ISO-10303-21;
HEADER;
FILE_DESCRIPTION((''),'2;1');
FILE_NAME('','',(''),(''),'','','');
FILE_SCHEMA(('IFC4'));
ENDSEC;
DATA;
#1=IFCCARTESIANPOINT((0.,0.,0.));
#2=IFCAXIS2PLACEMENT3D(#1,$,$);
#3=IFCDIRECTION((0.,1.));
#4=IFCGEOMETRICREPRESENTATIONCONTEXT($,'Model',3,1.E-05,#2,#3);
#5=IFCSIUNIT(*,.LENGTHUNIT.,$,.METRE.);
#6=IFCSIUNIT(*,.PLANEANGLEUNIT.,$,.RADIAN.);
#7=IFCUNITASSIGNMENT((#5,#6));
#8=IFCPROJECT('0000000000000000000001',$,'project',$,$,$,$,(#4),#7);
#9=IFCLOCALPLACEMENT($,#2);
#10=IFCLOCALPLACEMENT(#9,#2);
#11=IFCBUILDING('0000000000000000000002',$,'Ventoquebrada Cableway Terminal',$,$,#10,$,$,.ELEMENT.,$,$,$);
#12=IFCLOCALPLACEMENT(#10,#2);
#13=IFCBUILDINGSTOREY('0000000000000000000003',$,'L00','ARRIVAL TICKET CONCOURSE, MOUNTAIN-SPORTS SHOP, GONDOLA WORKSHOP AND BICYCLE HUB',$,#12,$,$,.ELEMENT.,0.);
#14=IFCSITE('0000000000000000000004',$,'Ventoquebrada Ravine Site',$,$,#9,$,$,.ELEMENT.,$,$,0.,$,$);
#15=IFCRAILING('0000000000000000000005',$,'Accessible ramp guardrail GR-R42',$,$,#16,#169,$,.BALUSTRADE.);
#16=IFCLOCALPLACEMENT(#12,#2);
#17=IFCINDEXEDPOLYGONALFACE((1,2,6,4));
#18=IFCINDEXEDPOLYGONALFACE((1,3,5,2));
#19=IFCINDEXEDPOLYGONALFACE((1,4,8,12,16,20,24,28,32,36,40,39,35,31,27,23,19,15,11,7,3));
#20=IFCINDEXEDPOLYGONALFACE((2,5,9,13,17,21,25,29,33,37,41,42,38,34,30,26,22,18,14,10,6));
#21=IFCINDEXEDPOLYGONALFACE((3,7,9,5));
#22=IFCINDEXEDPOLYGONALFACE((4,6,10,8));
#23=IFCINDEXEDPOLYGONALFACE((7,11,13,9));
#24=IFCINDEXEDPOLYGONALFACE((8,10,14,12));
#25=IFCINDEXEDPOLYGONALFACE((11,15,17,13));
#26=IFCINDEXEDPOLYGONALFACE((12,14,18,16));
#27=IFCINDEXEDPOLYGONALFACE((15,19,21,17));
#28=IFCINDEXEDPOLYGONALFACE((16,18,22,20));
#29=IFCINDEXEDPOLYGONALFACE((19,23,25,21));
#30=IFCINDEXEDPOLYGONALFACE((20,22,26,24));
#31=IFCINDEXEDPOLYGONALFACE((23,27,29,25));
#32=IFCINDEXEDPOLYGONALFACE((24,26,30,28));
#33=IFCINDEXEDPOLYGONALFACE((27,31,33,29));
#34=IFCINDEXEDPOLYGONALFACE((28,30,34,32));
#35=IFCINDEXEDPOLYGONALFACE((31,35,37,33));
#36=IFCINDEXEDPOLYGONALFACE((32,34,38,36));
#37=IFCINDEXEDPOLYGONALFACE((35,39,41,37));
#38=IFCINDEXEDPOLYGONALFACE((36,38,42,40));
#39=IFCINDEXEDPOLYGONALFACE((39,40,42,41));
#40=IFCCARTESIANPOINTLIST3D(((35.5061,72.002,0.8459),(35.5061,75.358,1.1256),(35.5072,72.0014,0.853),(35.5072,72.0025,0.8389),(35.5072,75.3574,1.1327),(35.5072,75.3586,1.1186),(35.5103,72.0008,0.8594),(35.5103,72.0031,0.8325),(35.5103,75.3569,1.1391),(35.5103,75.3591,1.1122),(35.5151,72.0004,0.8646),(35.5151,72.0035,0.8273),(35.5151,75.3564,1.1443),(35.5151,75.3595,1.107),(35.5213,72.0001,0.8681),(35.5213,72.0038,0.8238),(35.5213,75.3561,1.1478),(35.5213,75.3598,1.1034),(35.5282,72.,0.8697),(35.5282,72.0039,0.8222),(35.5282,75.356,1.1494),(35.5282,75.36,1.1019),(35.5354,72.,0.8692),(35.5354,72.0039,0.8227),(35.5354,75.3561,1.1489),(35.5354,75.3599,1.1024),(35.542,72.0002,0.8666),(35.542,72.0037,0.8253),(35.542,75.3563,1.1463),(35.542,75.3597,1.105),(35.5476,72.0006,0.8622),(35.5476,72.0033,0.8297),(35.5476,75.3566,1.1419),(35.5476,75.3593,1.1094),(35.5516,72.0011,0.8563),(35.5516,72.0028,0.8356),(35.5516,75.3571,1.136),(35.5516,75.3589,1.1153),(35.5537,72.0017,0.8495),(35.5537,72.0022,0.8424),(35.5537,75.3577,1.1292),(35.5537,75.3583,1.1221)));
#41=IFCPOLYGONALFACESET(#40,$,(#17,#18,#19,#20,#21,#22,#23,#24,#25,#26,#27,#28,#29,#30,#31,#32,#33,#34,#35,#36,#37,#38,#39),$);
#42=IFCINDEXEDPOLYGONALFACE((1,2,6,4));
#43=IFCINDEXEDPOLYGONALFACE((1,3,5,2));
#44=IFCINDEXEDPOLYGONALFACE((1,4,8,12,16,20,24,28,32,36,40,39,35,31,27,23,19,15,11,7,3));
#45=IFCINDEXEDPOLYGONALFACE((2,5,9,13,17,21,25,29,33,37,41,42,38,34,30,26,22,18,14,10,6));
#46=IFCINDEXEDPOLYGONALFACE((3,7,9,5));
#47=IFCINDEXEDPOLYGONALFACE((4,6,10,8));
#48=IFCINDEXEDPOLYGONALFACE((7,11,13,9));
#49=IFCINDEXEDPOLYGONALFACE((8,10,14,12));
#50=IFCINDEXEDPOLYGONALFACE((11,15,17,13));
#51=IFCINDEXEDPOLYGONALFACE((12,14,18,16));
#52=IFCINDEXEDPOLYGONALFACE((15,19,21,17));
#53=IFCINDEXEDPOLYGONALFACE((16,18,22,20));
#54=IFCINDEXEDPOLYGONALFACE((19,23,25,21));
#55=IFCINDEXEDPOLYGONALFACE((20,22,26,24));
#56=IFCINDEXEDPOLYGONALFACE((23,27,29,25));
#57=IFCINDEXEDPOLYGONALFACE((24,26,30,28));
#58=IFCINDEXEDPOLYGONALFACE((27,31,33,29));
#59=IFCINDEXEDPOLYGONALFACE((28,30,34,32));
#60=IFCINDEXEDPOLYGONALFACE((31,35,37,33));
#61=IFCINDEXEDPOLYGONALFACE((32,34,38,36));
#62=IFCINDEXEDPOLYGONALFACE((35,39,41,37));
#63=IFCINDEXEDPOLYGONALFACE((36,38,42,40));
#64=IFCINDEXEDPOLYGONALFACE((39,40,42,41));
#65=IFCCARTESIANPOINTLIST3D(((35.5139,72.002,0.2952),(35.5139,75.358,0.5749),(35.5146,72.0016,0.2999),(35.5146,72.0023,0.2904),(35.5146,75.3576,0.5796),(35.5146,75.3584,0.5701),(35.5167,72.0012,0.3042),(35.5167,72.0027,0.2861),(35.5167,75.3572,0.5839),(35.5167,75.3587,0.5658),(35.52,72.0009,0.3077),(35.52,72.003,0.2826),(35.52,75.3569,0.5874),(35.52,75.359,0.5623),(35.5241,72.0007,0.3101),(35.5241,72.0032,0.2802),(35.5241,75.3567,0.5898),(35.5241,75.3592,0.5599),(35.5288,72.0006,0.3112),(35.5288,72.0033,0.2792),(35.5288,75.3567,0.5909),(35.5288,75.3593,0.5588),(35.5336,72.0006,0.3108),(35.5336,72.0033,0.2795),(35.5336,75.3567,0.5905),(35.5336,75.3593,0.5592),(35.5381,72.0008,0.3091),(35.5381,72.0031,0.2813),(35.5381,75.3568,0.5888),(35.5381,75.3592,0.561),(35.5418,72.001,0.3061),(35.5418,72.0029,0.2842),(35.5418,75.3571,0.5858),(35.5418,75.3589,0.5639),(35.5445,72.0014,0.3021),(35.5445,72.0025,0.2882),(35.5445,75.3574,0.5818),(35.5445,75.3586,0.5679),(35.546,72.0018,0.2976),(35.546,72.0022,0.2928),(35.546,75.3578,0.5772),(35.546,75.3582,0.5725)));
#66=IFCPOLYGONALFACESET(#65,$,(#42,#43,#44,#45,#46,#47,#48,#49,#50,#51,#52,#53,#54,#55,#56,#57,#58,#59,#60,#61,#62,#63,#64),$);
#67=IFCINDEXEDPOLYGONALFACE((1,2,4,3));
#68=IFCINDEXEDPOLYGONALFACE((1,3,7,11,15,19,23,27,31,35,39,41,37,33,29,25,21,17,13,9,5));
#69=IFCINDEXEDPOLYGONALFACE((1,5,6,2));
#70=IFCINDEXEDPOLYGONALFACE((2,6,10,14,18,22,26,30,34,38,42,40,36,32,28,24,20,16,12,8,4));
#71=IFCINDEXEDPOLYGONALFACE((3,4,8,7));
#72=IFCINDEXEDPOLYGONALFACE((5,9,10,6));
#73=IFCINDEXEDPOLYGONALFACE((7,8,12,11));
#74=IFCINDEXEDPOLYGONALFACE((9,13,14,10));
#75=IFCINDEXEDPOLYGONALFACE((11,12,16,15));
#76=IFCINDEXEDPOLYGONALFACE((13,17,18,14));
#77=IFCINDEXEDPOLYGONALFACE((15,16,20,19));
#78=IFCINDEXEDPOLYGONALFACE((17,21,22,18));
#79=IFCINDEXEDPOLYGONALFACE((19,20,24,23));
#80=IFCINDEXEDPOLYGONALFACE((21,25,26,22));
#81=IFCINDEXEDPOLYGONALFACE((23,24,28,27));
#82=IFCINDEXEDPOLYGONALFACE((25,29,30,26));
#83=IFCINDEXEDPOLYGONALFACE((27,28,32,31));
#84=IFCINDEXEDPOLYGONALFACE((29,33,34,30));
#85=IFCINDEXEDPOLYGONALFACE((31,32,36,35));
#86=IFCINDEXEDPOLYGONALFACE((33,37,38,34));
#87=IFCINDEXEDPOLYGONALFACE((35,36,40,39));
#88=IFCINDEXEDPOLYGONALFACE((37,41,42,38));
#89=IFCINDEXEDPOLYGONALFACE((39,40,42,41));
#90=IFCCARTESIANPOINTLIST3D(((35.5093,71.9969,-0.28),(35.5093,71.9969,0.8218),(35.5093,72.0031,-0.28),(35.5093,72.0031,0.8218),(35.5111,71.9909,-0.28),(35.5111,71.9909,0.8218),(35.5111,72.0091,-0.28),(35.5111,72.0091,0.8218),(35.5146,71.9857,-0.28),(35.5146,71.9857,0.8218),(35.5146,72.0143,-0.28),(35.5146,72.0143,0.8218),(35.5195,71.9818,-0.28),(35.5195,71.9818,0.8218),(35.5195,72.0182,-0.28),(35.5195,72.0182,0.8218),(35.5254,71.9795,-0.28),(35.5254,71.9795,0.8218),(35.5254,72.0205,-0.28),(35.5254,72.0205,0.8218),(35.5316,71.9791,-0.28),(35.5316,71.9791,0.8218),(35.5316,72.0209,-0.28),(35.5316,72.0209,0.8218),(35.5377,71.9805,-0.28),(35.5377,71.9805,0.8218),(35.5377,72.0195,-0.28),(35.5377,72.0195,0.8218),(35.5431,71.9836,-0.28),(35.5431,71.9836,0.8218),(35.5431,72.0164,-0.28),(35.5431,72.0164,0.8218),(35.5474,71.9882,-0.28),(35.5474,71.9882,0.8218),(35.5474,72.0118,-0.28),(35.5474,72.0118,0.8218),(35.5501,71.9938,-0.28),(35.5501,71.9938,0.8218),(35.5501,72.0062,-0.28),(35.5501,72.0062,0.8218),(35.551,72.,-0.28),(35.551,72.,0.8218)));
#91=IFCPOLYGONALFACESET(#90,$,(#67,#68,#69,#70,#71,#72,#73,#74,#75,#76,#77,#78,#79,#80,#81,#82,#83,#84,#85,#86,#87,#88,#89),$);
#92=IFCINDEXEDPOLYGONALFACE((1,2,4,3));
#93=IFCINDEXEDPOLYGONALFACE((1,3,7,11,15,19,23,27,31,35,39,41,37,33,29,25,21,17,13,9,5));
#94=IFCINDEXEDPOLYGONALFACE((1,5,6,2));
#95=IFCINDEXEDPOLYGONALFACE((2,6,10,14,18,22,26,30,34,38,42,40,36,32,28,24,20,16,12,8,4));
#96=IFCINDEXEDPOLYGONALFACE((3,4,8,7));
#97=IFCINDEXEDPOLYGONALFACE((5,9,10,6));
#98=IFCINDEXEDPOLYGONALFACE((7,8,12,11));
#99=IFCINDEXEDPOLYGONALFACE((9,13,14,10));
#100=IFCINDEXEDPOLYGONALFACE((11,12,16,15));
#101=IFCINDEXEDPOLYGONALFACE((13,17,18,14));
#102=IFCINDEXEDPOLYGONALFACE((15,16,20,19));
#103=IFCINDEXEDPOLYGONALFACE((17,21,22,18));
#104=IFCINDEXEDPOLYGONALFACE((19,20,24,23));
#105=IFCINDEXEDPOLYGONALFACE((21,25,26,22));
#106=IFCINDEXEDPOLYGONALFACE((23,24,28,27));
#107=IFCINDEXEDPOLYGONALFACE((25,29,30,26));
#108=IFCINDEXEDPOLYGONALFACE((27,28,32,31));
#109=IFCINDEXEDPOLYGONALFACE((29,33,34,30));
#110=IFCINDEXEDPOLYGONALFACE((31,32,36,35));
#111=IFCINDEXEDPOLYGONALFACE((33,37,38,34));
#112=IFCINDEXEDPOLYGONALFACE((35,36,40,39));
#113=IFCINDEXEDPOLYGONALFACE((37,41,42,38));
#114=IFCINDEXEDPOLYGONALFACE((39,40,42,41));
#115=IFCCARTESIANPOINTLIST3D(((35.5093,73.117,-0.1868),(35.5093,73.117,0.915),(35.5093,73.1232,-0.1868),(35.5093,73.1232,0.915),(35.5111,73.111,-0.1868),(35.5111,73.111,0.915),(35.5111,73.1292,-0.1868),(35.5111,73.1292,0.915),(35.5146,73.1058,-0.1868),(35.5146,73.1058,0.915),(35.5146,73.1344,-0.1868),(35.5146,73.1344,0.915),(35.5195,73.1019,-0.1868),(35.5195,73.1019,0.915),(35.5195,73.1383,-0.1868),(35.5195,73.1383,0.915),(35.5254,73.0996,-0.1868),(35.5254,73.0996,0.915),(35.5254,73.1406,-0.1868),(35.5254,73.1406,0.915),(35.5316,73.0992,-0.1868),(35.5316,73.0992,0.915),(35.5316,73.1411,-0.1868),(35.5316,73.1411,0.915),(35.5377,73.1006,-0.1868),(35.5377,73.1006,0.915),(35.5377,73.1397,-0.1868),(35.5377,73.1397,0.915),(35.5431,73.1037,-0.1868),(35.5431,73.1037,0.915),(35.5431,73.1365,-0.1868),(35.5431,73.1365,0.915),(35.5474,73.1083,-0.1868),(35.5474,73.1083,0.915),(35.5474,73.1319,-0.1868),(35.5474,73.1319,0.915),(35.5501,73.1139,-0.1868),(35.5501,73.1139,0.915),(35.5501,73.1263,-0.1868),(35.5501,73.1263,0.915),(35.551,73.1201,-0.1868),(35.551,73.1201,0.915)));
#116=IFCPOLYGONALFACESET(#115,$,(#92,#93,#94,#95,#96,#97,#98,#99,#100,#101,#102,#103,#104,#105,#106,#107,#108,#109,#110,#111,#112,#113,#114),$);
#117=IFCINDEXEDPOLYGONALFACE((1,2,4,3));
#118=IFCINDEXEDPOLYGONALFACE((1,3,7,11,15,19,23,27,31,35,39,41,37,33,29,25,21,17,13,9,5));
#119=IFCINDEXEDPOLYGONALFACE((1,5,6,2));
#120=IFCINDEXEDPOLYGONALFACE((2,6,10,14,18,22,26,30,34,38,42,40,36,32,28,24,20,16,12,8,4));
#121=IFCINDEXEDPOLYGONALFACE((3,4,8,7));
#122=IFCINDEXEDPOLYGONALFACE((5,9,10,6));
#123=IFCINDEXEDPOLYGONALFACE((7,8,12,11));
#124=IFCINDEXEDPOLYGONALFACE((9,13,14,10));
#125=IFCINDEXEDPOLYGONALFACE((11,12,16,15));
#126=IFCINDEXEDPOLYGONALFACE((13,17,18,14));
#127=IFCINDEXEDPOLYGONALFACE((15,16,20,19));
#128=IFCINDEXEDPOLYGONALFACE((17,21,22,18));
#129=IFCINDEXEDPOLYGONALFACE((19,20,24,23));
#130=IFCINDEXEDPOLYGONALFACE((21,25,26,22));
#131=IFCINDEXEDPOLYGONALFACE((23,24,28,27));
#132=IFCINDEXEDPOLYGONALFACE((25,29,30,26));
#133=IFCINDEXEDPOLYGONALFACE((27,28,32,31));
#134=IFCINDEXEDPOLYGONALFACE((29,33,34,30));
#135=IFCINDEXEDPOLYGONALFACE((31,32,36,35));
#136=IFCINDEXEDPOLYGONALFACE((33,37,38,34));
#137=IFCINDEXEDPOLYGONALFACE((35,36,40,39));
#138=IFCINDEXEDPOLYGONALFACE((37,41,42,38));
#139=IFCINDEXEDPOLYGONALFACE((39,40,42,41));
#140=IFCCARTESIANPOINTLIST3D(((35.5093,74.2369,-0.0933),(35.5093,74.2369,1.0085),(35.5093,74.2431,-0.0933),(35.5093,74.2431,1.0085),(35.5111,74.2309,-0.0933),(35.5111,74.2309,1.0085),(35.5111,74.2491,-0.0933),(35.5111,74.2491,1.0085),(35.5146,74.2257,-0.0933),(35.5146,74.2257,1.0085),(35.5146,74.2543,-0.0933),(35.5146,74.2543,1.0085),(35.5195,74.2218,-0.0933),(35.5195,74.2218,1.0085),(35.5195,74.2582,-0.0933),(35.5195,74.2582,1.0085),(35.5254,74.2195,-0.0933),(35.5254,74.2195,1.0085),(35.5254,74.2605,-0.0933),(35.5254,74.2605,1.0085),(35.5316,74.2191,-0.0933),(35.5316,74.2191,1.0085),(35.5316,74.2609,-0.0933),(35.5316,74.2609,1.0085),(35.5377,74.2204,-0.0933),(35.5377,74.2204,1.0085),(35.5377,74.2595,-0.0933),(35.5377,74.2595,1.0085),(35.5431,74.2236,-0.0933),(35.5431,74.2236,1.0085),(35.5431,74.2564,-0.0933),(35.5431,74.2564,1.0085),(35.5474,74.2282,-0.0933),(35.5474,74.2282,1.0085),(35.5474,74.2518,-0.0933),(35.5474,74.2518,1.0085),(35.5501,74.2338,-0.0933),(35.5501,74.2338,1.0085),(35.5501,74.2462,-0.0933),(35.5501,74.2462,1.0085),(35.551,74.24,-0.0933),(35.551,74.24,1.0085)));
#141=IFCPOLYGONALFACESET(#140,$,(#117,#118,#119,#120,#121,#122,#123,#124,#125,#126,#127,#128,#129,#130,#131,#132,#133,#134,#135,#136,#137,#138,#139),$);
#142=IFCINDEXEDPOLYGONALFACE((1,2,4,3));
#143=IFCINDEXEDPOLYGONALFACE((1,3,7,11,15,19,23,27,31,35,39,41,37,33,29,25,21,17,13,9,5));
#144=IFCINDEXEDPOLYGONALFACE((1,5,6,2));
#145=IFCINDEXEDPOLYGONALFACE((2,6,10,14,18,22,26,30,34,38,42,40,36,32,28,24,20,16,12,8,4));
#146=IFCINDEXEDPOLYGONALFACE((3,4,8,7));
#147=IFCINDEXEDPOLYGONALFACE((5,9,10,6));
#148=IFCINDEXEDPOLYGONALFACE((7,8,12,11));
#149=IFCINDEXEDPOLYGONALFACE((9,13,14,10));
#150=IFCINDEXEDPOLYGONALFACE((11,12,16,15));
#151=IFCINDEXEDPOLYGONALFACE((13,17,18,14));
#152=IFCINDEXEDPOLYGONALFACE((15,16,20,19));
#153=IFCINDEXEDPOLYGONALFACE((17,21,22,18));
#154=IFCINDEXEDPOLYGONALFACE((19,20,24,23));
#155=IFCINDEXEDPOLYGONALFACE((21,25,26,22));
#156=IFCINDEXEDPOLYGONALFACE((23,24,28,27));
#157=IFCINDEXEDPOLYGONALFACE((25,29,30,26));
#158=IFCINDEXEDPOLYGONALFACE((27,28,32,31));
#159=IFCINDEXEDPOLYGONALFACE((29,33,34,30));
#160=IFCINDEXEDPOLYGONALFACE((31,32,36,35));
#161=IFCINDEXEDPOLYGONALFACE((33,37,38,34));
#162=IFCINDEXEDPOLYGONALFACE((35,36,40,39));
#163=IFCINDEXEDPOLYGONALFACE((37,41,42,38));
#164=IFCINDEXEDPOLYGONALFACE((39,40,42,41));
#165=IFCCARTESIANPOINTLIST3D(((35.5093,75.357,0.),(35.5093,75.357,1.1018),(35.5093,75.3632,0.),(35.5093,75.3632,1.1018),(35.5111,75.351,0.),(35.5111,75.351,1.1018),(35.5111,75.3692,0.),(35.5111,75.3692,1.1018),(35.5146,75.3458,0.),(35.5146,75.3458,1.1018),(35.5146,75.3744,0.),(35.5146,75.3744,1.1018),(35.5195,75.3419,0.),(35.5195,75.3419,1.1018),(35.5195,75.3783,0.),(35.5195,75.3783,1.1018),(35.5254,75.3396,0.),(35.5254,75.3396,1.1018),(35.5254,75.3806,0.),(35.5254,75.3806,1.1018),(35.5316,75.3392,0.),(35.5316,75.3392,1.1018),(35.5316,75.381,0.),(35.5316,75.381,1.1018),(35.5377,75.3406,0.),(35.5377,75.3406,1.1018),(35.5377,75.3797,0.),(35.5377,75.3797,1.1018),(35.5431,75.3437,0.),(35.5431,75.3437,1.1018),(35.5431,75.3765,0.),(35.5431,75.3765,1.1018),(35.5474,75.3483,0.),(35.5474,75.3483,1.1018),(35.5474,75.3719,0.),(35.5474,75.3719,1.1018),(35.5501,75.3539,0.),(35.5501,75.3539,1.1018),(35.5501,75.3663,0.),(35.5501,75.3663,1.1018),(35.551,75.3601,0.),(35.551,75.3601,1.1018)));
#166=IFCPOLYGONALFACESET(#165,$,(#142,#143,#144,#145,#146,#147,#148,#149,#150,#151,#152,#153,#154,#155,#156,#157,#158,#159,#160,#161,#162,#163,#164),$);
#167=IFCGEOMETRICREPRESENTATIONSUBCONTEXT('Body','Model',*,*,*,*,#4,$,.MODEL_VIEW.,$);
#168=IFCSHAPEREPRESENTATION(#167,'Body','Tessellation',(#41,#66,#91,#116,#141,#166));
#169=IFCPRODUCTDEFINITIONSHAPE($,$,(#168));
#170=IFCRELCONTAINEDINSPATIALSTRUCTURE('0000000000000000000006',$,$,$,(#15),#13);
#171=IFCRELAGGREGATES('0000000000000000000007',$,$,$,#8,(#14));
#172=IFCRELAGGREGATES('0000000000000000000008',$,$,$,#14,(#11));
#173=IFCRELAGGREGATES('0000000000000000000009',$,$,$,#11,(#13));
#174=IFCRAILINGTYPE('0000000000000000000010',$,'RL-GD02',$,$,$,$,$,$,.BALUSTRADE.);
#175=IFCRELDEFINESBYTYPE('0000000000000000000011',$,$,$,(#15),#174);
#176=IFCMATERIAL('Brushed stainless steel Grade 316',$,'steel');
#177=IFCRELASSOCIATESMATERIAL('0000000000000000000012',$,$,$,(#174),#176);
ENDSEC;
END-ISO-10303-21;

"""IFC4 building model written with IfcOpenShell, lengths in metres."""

from ifc_helpers import new_model, si_unit, direction, frame, origin, origin_2d, place, context, subcontext, project, spatial, circle, extrude, material, type_object, element, save


model = new_model("IFC4")

# Units and contexts
model_context = context("Model", 3, precision=1e-05, world=origin(), true_north=direction((0.0, 1.0)))
body_context = subcontext(model_context, "Body", "Model", "MODEL_VIEW")
ifc_project = project(units=[si_unit("LENGTHUNIT", "METRE"), si_unit("PLANEANGLEUNIT", "RADIAN")], contexts=[model_context])

# Site, building, storey
site_placement = place(None, origin())
site = spatial("IfcSite", under=ifc_project, at=site_placement, Name="Ventoquebrada Ravine Site", CompositionType="ELEMENT", RefElevation=0.0)
building_placement = place(site_placement, origin())
building = spatial("IfcBuilding", under=site, at=building_placement, Name="Ventoquebrada Cableway Terminal", CompositionType="ELEMENT")
storey_placement = place(building_placement, origin())
storey = spatial("IfcBuildingStorey", under=building, at=storey_placement, Name="L00", Description="ARRIVAL TICKET CONCOURSE, MOUNTAIN-SPORTS SHOP, GONDOLA WORKSHOP AND BICYCLE HUB", CompositionType="ELEMENT", Elevation=0.0)

# Railing
ifc_material_1 = material(Name="Brushed stainless steel Grade 316", Category="steel")
railing_type = type_object("IfcRailingType", Name="RL-GD02", PredefinedType="BALUSTRADE", material=ifc_material_1)
railing_placement = place(storey_placement, frame((35.53, 72.0, -0.28)))
element("IfcRailing", 1, at=railing_placement, inside=storey, type_object=railing_type, Name="Accessible ramp guardrail GR-R42", PredefinedType="BALUSTRADE", context=body_context, shape_type="SweptSolid", body=[
    extrude(circle(Radius=0.0239, at=origin_2d()), frame((0.0, 0.002, 1.126), z_axis=(0.0, 0.996545, 0.083051), x_axis=(-1.0, 0.0, 0.0)), (0.0, 0.0, 1.0), 3.3677),
    extrude(circle(Radius=0.0161, at=origin_2d()), frame((0.0, 0.002, 0.5752), z_axis=(0.0, 0.996545, 0.083051), x_axis=(-1.0, 0.0, 0.0)), (0.0, 0.0, 1.0), 3.3677),
    extrude(circle(Radius=0.021, at=origin_2d()), origin(), (0.0, 0.0, 1.0), 1.1018),
    extrude(circle(Radius=0.021, at=origin_2d()), frame((0.0, 1.1201, 0.0933)), (0.0, 0.0, 1.0), 1.1018),
    extrude(circle(Radius=0.021, at=origin_2d()), frame((0.0, 2.24, 0.1868)), (0.0, 0.0, 1.0), 1.1018),
    extrude(circle(Radius=0.021, at=origin_2d()), frame((0.0, 3.3601, 0.28)), (0.0, 0.0, 1.0), 1.1018),
])

save(model, "model.ifc")
